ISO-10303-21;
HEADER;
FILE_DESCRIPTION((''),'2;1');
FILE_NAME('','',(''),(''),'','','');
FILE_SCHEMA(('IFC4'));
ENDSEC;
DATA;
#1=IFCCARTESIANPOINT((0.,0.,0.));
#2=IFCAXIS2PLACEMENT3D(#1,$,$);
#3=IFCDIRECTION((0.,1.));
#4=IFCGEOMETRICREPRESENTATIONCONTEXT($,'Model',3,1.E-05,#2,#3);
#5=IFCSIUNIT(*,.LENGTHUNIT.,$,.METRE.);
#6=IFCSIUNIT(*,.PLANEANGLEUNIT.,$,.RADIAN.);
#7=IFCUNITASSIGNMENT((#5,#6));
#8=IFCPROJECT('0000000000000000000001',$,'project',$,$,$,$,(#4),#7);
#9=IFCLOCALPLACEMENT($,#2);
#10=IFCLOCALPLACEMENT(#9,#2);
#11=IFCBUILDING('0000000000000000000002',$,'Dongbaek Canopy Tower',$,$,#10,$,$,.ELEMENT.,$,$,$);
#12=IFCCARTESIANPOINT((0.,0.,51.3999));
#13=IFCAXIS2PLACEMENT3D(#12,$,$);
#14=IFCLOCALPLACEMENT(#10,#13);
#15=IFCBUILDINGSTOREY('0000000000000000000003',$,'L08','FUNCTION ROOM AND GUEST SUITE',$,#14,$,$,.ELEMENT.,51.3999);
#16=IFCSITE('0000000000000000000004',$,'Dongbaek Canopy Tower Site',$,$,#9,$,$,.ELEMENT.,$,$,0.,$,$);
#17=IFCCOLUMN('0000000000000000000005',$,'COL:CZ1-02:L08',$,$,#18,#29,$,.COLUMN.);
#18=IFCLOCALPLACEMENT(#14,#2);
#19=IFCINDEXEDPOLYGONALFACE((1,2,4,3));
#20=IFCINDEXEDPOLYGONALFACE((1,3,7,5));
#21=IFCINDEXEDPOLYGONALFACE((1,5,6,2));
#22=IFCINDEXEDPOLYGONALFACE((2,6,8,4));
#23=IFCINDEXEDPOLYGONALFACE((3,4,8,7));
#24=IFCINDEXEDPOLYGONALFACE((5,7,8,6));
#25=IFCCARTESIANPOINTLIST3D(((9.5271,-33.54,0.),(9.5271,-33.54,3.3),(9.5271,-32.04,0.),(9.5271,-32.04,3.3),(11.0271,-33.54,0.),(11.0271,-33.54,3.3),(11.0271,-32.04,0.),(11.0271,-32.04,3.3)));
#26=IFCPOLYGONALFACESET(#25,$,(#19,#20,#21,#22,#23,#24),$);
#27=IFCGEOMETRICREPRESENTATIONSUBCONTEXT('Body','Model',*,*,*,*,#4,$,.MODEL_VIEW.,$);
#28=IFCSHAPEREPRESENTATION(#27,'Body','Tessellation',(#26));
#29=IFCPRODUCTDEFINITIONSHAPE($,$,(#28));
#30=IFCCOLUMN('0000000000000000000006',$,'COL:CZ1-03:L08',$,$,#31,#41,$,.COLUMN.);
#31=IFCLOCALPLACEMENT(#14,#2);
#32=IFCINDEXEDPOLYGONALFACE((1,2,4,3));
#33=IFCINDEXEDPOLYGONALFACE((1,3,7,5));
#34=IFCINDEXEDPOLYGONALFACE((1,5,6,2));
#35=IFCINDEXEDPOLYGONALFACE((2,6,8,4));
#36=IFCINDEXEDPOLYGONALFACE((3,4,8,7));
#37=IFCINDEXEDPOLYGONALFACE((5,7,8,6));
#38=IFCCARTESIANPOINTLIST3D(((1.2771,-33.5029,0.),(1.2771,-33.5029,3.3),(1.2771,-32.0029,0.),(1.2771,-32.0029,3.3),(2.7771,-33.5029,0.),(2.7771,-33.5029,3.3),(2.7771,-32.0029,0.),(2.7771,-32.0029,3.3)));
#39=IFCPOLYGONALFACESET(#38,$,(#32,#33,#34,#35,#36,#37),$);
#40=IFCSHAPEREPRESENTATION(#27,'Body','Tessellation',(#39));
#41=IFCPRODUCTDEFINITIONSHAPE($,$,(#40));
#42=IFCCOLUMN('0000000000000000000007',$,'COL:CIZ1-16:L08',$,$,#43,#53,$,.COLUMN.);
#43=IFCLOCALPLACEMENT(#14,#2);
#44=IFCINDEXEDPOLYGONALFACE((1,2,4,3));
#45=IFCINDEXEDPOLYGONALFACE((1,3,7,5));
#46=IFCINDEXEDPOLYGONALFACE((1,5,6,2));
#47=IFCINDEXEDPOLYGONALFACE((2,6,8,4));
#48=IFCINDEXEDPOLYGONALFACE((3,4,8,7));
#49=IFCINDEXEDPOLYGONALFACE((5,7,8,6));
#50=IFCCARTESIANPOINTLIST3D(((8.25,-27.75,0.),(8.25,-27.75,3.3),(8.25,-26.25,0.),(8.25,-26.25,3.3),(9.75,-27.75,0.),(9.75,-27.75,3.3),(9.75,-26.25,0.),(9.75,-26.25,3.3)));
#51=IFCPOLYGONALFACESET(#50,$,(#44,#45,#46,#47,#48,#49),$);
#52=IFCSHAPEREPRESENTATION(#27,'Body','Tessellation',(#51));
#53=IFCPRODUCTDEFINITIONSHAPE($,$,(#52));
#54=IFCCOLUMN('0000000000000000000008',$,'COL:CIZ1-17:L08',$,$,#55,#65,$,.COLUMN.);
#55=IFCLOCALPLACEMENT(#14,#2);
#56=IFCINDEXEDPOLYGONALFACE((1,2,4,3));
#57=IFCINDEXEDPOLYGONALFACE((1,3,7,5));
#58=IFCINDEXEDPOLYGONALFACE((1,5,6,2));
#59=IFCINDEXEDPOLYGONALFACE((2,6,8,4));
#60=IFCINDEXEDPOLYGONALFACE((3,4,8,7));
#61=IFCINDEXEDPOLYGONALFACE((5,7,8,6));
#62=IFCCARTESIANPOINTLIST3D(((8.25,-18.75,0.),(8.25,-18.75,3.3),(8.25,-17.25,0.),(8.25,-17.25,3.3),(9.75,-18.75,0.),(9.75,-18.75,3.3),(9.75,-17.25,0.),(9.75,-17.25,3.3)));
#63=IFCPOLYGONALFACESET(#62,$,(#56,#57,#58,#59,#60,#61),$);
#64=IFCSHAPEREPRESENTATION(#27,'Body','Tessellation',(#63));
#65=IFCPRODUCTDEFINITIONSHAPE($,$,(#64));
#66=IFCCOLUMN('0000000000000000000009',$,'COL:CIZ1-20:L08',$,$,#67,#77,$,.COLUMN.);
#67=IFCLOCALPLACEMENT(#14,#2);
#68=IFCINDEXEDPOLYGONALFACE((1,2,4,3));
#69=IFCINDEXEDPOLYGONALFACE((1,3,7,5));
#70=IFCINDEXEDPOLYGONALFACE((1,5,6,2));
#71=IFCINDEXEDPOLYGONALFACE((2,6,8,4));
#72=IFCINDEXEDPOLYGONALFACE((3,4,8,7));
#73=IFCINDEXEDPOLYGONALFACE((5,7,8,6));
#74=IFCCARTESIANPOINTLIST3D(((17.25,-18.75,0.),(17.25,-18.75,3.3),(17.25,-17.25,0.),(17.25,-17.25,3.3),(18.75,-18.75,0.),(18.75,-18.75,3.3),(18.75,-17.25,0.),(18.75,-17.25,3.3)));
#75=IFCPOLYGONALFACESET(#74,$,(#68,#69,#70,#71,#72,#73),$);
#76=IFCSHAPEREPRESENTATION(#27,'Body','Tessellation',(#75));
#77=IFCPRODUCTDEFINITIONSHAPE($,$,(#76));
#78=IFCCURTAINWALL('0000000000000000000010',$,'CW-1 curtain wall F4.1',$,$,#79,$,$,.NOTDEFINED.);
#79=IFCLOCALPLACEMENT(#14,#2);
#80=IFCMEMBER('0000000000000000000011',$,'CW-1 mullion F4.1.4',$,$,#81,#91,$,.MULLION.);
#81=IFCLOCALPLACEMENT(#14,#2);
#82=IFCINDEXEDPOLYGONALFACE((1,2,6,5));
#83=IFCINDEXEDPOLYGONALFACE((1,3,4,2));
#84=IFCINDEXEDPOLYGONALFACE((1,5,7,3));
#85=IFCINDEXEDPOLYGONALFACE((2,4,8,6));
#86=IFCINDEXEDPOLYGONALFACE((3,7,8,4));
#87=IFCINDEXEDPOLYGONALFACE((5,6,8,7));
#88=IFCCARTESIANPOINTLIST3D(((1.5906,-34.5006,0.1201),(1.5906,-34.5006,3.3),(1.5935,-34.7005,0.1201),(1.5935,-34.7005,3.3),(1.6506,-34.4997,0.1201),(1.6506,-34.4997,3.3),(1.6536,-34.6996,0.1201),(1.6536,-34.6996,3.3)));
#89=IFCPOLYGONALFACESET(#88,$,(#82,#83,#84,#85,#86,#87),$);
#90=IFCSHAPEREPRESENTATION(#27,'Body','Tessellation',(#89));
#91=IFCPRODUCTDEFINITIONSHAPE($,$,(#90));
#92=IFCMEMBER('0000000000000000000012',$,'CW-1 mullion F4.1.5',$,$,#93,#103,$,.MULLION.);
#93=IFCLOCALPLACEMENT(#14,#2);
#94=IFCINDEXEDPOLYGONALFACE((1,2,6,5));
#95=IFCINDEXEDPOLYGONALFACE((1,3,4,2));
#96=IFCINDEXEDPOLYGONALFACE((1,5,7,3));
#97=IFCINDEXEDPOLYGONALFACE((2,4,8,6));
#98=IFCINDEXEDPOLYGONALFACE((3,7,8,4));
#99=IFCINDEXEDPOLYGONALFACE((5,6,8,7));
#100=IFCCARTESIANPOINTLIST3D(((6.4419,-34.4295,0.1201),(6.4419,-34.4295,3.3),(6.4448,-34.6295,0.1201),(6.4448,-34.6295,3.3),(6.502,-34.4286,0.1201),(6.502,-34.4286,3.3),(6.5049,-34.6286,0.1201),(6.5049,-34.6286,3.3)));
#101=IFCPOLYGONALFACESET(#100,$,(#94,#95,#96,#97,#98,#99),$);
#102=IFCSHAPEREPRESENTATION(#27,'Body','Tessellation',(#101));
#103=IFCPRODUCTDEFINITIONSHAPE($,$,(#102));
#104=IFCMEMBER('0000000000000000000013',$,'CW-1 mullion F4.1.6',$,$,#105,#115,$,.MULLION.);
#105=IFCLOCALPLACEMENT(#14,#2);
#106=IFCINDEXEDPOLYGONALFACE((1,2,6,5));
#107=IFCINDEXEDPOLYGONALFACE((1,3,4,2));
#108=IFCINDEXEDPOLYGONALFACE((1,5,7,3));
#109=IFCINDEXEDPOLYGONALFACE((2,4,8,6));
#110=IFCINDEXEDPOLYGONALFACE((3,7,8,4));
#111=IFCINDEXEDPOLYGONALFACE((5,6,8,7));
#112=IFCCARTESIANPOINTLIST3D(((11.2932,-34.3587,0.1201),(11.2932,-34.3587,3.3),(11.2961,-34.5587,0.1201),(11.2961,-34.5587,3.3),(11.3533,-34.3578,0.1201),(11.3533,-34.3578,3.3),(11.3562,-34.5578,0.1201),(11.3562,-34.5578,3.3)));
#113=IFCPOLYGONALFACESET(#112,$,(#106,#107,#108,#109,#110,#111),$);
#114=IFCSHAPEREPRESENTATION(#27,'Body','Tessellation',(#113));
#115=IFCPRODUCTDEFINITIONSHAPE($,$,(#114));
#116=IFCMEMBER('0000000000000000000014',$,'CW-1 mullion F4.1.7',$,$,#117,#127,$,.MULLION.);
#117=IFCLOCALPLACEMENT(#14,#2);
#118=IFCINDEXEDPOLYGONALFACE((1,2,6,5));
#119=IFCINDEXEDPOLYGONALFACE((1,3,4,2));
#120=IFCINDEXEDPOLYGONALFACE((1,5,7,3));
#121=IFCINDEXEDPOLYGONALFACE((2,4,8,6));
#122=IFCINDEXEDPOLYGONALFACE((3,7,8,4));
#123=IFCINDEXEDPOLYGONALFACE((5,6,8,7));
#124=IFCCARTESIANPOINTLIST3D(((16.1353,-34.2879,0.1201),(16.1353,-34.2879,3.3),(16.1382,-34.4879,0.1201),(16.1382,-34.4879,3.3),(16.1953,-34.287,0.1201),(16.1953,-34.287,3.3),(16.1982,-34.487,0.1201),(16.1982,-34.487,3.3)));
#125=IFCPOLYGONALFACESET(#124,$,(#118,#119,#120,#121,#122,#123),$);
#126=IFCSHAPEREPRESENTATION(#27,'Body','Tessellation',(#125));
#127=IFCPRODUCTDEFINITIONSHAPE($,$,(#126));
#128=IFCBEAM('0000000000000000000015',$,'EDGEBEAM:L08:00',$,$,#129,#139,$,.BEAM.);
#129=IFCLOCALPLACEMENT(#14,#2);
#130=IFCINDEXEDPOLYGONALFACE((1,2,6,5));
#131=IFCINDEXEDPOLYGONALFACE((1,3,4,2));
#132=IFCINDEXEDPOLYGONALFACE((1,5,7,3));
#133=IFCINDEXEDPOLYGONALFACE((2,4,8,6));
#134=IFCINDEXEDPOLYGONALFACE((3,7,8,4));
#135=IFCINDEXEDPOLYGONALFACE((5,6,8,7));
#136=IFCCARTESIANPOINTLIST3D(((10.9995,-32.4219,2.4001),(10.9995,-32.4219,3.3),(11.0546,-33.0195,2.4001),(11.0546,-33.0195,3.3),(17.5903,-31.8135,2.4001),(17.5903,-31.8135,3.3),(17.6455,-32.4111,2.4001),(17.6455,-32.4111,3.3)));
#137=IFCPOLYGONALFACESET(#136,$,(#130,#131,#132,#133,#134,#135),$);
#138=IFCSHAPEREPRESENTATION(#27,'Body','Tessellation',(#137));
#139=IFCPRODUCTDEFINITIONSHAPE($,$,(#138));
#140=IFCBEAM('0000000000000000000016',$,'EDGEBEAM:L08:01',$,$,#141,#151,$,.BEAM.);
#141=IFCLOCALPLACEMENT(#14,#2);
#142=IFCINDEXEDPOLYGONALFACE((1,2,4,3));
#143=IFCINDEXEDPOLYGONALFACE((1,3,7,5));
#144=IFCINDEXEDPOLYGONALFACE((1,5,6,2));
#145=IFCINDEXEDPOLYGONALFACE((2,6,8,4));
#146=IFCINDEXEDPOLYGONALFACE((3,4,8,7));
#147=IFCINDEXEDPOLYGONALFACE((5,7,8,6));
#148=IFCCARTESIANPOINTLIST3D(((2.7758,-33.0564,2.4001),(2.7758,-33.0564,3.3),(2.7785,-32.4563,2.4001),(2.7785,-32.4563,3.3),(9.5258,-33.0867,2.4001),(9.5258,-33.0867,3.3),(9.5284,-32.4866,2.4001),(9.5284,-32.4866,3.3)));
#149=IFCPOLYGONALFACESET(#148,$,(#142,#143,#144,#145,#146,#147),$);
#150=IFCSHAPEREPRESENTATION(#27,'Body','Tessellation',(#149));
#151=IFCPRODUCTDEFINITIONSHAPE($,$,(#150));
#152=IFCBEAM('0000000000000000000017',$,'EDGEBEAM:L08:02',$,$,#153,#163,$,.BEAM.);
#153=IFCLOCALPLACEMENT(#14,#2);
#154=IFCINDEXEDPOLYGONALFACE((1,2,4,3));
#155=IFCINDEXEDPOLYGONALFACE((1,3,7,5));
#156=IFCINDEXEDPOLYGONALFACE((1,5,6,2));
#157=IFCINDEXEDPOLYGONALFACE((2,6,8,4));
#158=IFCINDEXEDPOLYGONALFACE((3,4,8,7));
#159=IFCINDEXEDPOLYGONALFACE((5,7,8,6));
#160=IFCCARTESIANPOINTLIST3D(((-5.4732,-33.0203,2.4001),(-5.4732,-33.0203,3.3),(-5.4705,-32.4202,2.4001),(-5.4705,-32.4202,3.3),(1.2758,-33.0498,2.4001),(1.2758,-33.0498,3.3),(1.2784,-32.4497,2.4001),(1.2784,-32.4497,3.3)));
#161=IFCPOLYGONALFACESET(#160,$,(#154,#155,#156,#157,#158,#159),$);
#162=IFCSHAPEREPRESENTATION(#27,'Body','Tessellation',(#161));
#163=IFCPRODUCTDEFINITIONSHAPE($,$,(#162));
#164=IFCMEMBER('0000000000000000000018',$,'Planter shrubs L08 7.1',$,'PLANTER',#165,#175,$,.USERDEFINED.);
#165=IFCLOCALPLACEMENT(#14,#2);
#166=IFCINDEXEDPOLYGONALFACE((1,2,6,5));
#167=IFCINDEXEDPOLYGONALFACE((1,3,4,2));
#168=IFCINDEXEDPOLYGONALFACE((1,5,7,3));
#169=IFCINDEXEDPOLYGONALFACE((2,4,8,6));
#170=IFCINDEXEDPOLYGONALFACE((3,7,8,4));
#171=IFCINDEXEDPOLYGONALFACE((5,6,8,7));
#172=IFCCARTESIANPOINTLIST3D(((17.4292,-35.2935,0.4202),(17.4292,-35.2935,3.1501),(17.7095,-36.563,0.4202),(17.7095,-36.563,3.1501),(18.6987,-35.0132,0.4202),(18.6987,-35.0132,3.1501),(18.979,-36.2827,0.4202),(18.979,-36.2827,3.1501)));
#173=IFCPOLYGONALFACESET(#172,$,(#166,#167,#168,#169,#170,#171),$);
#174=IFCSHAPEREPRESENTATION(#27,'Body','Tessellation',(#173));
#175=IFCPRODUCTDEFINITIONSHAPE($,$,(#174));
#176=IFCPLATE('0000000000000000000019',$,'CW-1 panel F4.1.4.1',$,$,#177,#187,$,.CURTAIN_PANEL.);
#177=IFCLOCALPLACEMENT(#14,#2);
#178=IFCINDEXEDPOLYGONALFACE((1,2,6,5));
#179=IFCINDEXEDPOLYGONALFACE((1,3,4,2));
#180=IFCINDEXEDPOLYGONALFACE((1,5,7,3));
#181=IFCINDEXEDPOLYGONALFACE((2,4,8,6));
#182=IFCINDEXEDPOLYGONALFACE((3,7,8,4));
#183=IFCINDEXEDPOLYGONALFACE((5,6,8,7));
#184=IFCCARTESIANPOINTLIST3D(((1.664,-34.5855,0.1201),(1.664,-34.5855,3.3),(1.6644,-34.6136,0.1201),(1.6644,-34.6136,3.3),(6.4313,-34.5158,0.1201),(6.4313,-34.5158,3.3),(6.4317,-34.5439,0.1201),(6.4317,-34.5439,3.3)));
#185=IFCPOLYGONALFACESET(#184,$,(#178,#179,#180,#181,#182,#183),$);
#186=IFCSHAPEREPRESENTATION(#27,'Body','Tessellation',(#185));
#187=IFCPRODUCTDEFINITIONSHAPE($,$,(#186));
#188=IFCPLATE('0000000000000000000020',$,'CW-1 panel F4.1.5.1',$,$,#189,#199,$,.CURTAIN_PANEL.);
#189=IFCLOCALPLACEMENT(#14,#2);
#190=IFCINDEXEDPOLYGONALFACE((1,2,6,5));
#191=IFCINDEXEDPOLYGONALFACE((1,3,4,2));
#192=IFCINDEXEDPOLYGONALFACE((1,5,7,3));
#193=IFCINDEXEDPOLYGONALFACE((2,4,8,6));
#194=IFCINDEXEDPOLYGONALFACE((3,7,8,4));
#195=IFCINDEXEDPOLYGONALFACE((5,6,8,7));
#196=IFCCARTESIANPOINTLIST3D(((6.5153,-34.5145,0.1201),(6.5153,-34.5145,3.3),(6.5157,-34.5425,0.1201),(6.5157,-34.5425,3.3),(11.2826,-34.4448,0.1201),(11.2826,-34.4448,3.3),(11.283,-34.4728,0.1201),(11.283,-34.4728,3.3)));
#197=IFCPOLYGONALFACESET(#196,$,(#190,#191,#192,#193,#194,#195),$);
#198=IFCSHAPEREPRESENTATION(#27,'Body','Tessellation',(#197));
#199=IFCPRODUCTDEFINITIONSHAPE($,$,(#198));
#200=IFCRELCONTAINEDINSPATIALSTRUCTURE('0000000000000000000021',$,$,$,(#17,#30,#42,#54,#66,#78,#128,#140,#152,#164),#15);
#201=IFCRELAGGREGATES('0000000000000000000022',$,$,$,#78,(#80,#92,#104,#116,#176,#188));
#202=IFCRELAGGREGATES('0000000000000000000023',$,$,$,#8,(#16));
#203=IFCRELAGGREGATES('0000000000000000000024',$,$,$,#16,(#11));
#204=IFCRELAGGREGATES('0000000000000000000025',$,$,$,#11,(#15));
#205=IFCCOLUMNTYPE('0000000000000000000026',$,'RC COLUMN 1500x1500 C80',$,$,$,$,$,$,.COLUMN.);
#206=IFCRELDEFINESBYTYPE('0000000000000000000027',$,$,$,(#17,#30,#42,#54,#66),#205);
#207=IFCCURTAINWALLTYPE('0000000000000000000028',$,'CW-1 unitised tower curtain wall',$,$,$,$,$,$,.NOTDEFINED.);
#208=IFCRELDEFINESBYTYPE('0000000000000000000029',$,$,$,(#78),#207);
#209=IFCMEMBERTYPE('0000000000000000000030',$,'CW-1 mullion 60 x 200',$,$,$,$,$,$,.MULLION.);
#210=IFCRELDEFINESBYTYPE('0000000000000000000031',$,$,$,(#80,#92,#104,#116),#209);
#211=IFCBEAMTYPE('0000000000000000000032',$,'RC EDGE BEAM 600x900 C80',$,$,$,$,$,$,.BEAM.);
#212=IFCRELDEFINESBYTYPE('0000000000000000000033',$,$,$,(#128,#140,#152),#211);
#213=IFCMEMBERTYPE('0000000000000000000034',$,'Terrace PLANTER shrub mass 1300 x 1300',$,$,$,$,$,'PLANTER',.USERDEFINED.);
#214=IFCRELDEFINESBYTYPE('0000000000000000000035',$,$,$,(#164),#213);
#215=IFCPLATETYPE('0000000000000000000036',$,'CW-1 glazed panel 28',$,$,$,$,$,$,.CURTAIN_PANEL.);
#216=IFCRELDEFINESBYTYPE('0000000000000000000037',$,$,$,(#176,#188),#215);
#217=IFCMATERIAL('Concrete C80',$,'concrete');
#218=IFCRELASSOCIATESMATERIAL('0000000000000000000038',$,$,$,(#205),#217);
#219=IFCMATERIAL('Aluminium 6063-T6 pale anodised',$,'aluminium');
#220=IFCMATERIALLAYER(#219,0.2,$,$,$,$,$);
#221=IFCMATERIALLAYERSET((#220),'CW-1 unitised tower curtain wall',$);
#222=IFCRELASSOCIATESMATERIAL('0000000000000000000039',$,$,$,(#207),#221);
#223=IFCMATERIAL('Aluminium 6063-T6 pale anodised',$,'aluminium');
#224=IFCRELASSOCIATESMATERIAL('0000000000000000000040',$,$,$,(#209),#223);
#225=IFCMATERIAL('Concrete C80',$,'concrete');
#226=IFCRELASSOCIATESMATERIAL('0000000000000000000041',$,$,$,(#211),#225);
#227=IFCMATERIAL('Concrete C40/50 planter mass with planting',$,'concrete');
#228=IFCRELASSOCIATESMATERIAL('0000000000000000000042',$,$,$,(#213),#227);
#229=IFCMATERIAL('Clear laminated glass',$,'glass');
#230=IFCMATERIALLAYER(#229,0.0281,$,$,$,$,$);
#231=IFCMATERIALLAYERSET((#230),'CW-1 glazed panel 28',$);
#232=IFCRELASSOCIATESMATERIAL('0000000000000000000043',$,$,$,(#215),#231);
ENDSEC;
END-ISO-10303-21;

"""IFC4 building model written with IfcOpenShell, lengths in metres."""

from ifc_helpers import new_model, si_unit, direction, frame, origin, origin_2d, place, context, subcontext, project, spatial, rectangle, extrude, material, layer, layer_set, material_profile, profile_set, type_object, element, aggregate, save


model = new_model("IFC4")

# Units and contexts
model_context = context("Model", 3, precision=1e-05, world=origin(), true_north=direction((0.0, 1.0)))
body_context = subcontext(model_context, "Body", "Model", "MODEL_VIEW")
ifc_project = project(units=[si_unit("LENGTHUNIT", "METRE"), si_unit("PLANEANGLEUNIT", "RADIAN")], contexts=[model_context])

# Site, building, storey
site_placement = place(None, origin())
site = spatial("IfcSite", under=ifc_project, at=site_placement, Name="Dongbaek Canopy Tower Site", CompositionType="ELEMENT", RefElevation=0.0)
building_placement = place(site_placement, origin())
building = spatial("IfcBuilding", under=site, at=building_placement, Name="Dongbaek Canopy Tower", CompositionType="ELEMENT")
storey_placement = place(building_placement, frame((0.0, 0.0, 51.3999)))
storey = spatial("IfcBuildingStorey", under=building, at=storey_placement, Name="L08", Description="FUNCTION ROOM AND GUEST SUITE", CompositionType="ELEMENT", Elevation=51.3999)

# Columns
ifc_material_1 = material(Name="Concrete C80", Category="concrete")
ifc_material_profile_1 = material_profile(ifc_material_1, rectangle(XDim=1.5, YDim=1.5, at=origin_2d()), Name="RC COLUMN 1500x1500 C80")
ifc_profile_set_1 = profile_set([ifc_material_profile_1], Name="Concrete C80")
column_type = type_object("IfcColumnType", Name="RC COLUMN 1500x1500 C80", PredefinedType="COLUMN", material=ifc_profile_set_1)
for number, where, z_axis, x_axis, name in (
    (1, (10.2771, -32.79, 0.0), (0.0, 0.0, 1.0), (1.0, 0.0, 0.0), "COL:CZ1-02:L08"),
    (2, (2.0271, -32.7529, 0.0), (0.0, 0.0, 1.0), (1.0, 0.0, 0.0), "COL:CZ1-03:L08"),
    (3, (9.0, -27.0, 0.0), (0.0, 0.0, 1.0), (1.0, 0.0, 0.0), "COL:CIZ1-16:L08"),
    (4, (9.0, -18.0, 0.0), (0.0, 0.0, 1.0), (1.0, 0.0, 0.0), "COL:CIZ1-17:L08"),
    (5, (18.0, -18.0, 0.0), (0.0, 0.0, 1.0), (1.0, 0.0, 0.0), "COL:CIZ1-20:L08"),
):
    element("IfcColumn", number, at=place(storey_placement, frame(where, z_axis=z_axis, x_axis=x_axis)), inside=storey, type_object=column_type, Name=name, PredefinedType="COLUMN", context=body_context, shape_type="SweptSolid", body=[
        extrude(rectangle(XDim=1.5, YDim=1.5, at=origin_2d()), origin(), (0.0, 0.0, 1.0), 3.3),
    ])

# Curtain wall, members
ifc_material_2 = material(Name="Aluminium 6063-T6 pale anodised", Category="aluminium")
ifc_layer_1 = layer(ifc_material_2, 0.2)
ifc_layer_set_1 = layer_set([ifc_layer_1], Name="CW-1 unitised tower curtain wall")
curtain_wall_type = type_object("IfcCurtainWallType", Name="CW-1 unitised tower curtain wall", PredefinedType="NOTDEFINED", material=ifc_layer_set_1)
curtain_wall_1_placement = place(storey_placement, origin())
curtain_wall_1 = element("IfcCurtainWall", 6, at=curtain_wall_1_placement, inside=storey, type_object=curtain_wall_type, Name="CW-1 curtain wall F4.1", PredefinedType="NOTDEFINED")
ifc_material_3 = material(Name="Aluminium 6063-T6 pale anodised", Category="aluminium")
ifc_material_profile_2 = material_profile(ifc_material_3, rectangle(XDim=0.2, YDim=0.0601, at=origin_2d()), Name="CW-1 mullion 60 x 200")
ifc_profile_set_2 = profile_set([ifc_material_profile_2], Name="Aluminium 6063-T6 pale anodised")
member_type_1 = type_object("IfcMemberType", Name="CW-1 mullion 60 x 200", PredefinedType="MULLION", material=ifc_profile_set_2)
member_1_placement = place(storey_placement, frame((1.6221, -34.6001, 0.1201), z_axis=(0.0, 0.0, 1.0), x_axis=(0.014619, -0.999893, 0.0)))
member_1 = element("IfcMember", 7, at=member_1_placement, type_object=member_type_1, Name="CW-1 mullion F4.1.4", PredefinedType="MULLION", context=body_context, shape_type="SweptSolid", body=[
    extrude(rectangle(XDim=0.2, YDim=0.0601, at=origin_2d()), origin(), (0.0, 0.0, 1.0), 3.1799),
])
member_2_placement = place(storey_placement, frame((6.4734, -34.5291, 0.1201), z_axis=(0.0, 0.0, 1.0), x_axis=(0.014619, -0.999893, 0.0)))
member_2 = element("IfcMember", 8, at=member_2_placement, type_object=member_type_1, Name="CW-1 mullion F4.1.5", PredefinedType="MULLION", context=body_context, shape_type="SweptSolid", body=[
    extrude(rectangle(XDim=0.2, YDim=0.0601, at=origin_2d()), origin(), (0.0, 0.0, 1.0), 3.1799),
])
member_3_placement = place(storey_placement, frame((11.3247, -34.4583, 0.1201), z_axis=(0.0, 0.0, 1.0), x_axis=(0.014619, -0.999893, 0.0)))
member_3 = element("IfcMember", 9, at=member_3_placement, type_object=member_type_1, Name="CW-1 mullion F4.1.6", PredefinedType="MULLION", context=body_context, shape_type="SweptSolid", body=[
    extrude(rectangle(XDim=0.2, YDim=0.0601, at=origin_2d()), origin(), (0.0, 0.0, 1.0), 3.1799),
])
member_4_placement = place(storey_placement, frame((16.1667, -34.3875, 0.1201), z_axis=(0.0, 0.0, 1.0), x_axis=(0.014619, -0.999893, 0.0)))
member_4 = element("IfcMember", 10, at=member_4_placement, type_object=member_type_1, Name="CW-1 mullion F4.1.7", PredefinedType="MULLION", context=body_context, shape_type="SweptSolid", body=[
    extrude(rectangle(XDim=0.2, YDim=0.0601, at=origin_2d()), origin(), (0.0, 0.0, 1.0), 3.1799),
])

# Beams
ifc_material_4 = material(Name="Concrete C80", Category="concrete")
ifc_material_profile_3 = material_profile(ifc_material_4, rectangle(XDim=0.6001, YDim=0.8999, at=origin_2d()), Name="RC EDGE BEAM 600x900 C80")
ifc_profile_set_3 = profile_set([ifc_material_profile_3], Name="Concrete C80")
beam_type = type_object("IfcBeamType", Name="RC EDGE BEAM 600x900 C80", PredefinedType="BEAM", material=ifc_profile_set_3)
beam_1_placement = place(storey_placement, frame((17.6179, -32.1123, 2.8501), z_axis=(-0.995766, -0.091919, 0.0), x_axis=(0.091919, -0.995766, 0.0)))
element("IfcBeam", 11, at=beam_1_placement, inside=storey, type_object=beam_type, Name="EDGEBEAM:L08:00", PredefinedType="BEAM", context=body_context, shape_type="SweptSolid", body=[
    extrude(rectangle(XDim=0.6001, YDim=0.8999, at=origin_2d()), origin(), (0.0, 0.0, 1.0), 6.6189),
])
beam_2_placement = place(storey_placement, frame((9.5271, -32.7866, 2.8501), z_axis=(-0.99999, 0.004485, 0.0), x_axis=(-0.004485, -0.99999, 0.0)))
element("IfcBeam", 12, at=beam_2_placement, inside=storey, type_object=beam_type, Name="EDGEBEAM:L08:01", PredefinedType="BEAM", context=body_context, shape_type="SweptSolid", body=[
    extrude(rectangle(XDim=0.6001, YDim=0.8999, at=origin_2d()), origin(), (0.0, 0.0, 1.0), 6.75),
])
beam_3_placement = place(storey_placement, frame((1.2771, -32.7498, 2.8501), z_axis=(-0.99999, 0.004377, 0.0), x_axis=(-0.004377, -0.99999, 0.0)))
element("IfcBeam", 13, at=beam_3_placement, inside=storey, type_object=beam_type, Name="EDGEBEAM:L08:02", PredefinedType="BEAM", context=body_context, shape_type="SweptSolid", body=[
    extrude(rectangle(XDim=0.6001, YDim=0.8999, at=origin_2d()), origin(), (0.0, 0.0, 1.0), 6.749),
])

# Member
ifc_material_5 = material(Name="Concrete C40/50 planter mass with planting", Category="concrete")
ifc_material_profile_4 = material_profile(ifc_material_5, rectangle(XDim=1.3, YDim=1.3, at=origin_2d()), Name="Terrace PLANTER shrub mass 1300 x 1300")
ifc_profile_set_4 = profile_set([ifc_material_profile_4], Name="Concrete C40/50 planter mass with planting")
member_type_2 = type_object("IfcMemberType", Name="Terrace PLANTER shrub mass 1300 x 1300", ElementType="PLANTER", PredefinedType="USERDEFINED", material=ifc_profile_set_4)
member_5_placement = place(storey_placement, frame((18.2041, -35.7881, 0.4202), z_axis=(0.0, 0.0, 1.0), x_axis=(0.215584, -0.976485, 0.0)))
element("IfcMember", 14, at=member_5_placement, inside=storey, type_object=member_type_2, Name="Planter shrubs L08 7.1", ObjectType="PLANTER", PredefinedType="USERDEFINED", context=body_context, shape_type="SweptSolid", body=[
    extrude(rectangle(XDim=1.3, YDim=1.3, at=origin_2d()), origin(), (0.0, 0.0, 1.0), 2.73),
])

# Plates
ifc_material_6 = material(Name="Clear laminated glass", Category="glass")
ifc_layer_2 = layer(ifc_material_6, 0.0281)
ifc_layer_set_2 = layer_set([ifc_layer_2], Name="CW-1 glazed panel 28")
plate_type = type_object("IfcPlateType", Name="CW-1 glazed panel 28", PredefinedType="CURTAIN_PANEL", material=ifc_layer_set_2)
plate_1_placement = place(storey_placement, frame((4.0479, -34.5647, 0.1201), z_axis=(0.0, 0.0, 1.0), x_axis=(0.999893, 0.014619, 0.0)))
plate_1 = element("IfcPlate", 15, at=plate_1_placement, type_object=plate_type, Name="CW-1 panel F4.1.4.1", PredefinedType="CURTAIN_PANEL", context=body_context, shape_type="SweptSolid", body=[
    extrude(rectangle(XDim=4.7678, YDim=0.0281, at=origin_2d()), origin(), (0.0, 0.0, 1.0), 3.1799),
])
plate_2_placement = place(storey_placement, frame((8.8992, -34.4937, 0.1201), z_axis=(0.0, 0.0, 1.0), x_axis=(0.999893, 0.014619, 0.0)))
plate_2 = element("IfcPlate", 16, at=plate_2_placement, type_object=plate_type, Name="CW-1 panel F4.1.5.1", PredefinedType="CURTAIN_PANEL", context=body_context, shape_type="SweptSolid", body=[
    extrude(rectangle(XDim=4.7678, YDim=0.0281, at=origin_2d()), origin(), (0.0, 0.0, 1.0), 3.1799),
])

aggregate(curtain_wall_1, [member_1, member_2, member_3, member_4, plate_1, plate_2])

save(model, "model.ifc")
